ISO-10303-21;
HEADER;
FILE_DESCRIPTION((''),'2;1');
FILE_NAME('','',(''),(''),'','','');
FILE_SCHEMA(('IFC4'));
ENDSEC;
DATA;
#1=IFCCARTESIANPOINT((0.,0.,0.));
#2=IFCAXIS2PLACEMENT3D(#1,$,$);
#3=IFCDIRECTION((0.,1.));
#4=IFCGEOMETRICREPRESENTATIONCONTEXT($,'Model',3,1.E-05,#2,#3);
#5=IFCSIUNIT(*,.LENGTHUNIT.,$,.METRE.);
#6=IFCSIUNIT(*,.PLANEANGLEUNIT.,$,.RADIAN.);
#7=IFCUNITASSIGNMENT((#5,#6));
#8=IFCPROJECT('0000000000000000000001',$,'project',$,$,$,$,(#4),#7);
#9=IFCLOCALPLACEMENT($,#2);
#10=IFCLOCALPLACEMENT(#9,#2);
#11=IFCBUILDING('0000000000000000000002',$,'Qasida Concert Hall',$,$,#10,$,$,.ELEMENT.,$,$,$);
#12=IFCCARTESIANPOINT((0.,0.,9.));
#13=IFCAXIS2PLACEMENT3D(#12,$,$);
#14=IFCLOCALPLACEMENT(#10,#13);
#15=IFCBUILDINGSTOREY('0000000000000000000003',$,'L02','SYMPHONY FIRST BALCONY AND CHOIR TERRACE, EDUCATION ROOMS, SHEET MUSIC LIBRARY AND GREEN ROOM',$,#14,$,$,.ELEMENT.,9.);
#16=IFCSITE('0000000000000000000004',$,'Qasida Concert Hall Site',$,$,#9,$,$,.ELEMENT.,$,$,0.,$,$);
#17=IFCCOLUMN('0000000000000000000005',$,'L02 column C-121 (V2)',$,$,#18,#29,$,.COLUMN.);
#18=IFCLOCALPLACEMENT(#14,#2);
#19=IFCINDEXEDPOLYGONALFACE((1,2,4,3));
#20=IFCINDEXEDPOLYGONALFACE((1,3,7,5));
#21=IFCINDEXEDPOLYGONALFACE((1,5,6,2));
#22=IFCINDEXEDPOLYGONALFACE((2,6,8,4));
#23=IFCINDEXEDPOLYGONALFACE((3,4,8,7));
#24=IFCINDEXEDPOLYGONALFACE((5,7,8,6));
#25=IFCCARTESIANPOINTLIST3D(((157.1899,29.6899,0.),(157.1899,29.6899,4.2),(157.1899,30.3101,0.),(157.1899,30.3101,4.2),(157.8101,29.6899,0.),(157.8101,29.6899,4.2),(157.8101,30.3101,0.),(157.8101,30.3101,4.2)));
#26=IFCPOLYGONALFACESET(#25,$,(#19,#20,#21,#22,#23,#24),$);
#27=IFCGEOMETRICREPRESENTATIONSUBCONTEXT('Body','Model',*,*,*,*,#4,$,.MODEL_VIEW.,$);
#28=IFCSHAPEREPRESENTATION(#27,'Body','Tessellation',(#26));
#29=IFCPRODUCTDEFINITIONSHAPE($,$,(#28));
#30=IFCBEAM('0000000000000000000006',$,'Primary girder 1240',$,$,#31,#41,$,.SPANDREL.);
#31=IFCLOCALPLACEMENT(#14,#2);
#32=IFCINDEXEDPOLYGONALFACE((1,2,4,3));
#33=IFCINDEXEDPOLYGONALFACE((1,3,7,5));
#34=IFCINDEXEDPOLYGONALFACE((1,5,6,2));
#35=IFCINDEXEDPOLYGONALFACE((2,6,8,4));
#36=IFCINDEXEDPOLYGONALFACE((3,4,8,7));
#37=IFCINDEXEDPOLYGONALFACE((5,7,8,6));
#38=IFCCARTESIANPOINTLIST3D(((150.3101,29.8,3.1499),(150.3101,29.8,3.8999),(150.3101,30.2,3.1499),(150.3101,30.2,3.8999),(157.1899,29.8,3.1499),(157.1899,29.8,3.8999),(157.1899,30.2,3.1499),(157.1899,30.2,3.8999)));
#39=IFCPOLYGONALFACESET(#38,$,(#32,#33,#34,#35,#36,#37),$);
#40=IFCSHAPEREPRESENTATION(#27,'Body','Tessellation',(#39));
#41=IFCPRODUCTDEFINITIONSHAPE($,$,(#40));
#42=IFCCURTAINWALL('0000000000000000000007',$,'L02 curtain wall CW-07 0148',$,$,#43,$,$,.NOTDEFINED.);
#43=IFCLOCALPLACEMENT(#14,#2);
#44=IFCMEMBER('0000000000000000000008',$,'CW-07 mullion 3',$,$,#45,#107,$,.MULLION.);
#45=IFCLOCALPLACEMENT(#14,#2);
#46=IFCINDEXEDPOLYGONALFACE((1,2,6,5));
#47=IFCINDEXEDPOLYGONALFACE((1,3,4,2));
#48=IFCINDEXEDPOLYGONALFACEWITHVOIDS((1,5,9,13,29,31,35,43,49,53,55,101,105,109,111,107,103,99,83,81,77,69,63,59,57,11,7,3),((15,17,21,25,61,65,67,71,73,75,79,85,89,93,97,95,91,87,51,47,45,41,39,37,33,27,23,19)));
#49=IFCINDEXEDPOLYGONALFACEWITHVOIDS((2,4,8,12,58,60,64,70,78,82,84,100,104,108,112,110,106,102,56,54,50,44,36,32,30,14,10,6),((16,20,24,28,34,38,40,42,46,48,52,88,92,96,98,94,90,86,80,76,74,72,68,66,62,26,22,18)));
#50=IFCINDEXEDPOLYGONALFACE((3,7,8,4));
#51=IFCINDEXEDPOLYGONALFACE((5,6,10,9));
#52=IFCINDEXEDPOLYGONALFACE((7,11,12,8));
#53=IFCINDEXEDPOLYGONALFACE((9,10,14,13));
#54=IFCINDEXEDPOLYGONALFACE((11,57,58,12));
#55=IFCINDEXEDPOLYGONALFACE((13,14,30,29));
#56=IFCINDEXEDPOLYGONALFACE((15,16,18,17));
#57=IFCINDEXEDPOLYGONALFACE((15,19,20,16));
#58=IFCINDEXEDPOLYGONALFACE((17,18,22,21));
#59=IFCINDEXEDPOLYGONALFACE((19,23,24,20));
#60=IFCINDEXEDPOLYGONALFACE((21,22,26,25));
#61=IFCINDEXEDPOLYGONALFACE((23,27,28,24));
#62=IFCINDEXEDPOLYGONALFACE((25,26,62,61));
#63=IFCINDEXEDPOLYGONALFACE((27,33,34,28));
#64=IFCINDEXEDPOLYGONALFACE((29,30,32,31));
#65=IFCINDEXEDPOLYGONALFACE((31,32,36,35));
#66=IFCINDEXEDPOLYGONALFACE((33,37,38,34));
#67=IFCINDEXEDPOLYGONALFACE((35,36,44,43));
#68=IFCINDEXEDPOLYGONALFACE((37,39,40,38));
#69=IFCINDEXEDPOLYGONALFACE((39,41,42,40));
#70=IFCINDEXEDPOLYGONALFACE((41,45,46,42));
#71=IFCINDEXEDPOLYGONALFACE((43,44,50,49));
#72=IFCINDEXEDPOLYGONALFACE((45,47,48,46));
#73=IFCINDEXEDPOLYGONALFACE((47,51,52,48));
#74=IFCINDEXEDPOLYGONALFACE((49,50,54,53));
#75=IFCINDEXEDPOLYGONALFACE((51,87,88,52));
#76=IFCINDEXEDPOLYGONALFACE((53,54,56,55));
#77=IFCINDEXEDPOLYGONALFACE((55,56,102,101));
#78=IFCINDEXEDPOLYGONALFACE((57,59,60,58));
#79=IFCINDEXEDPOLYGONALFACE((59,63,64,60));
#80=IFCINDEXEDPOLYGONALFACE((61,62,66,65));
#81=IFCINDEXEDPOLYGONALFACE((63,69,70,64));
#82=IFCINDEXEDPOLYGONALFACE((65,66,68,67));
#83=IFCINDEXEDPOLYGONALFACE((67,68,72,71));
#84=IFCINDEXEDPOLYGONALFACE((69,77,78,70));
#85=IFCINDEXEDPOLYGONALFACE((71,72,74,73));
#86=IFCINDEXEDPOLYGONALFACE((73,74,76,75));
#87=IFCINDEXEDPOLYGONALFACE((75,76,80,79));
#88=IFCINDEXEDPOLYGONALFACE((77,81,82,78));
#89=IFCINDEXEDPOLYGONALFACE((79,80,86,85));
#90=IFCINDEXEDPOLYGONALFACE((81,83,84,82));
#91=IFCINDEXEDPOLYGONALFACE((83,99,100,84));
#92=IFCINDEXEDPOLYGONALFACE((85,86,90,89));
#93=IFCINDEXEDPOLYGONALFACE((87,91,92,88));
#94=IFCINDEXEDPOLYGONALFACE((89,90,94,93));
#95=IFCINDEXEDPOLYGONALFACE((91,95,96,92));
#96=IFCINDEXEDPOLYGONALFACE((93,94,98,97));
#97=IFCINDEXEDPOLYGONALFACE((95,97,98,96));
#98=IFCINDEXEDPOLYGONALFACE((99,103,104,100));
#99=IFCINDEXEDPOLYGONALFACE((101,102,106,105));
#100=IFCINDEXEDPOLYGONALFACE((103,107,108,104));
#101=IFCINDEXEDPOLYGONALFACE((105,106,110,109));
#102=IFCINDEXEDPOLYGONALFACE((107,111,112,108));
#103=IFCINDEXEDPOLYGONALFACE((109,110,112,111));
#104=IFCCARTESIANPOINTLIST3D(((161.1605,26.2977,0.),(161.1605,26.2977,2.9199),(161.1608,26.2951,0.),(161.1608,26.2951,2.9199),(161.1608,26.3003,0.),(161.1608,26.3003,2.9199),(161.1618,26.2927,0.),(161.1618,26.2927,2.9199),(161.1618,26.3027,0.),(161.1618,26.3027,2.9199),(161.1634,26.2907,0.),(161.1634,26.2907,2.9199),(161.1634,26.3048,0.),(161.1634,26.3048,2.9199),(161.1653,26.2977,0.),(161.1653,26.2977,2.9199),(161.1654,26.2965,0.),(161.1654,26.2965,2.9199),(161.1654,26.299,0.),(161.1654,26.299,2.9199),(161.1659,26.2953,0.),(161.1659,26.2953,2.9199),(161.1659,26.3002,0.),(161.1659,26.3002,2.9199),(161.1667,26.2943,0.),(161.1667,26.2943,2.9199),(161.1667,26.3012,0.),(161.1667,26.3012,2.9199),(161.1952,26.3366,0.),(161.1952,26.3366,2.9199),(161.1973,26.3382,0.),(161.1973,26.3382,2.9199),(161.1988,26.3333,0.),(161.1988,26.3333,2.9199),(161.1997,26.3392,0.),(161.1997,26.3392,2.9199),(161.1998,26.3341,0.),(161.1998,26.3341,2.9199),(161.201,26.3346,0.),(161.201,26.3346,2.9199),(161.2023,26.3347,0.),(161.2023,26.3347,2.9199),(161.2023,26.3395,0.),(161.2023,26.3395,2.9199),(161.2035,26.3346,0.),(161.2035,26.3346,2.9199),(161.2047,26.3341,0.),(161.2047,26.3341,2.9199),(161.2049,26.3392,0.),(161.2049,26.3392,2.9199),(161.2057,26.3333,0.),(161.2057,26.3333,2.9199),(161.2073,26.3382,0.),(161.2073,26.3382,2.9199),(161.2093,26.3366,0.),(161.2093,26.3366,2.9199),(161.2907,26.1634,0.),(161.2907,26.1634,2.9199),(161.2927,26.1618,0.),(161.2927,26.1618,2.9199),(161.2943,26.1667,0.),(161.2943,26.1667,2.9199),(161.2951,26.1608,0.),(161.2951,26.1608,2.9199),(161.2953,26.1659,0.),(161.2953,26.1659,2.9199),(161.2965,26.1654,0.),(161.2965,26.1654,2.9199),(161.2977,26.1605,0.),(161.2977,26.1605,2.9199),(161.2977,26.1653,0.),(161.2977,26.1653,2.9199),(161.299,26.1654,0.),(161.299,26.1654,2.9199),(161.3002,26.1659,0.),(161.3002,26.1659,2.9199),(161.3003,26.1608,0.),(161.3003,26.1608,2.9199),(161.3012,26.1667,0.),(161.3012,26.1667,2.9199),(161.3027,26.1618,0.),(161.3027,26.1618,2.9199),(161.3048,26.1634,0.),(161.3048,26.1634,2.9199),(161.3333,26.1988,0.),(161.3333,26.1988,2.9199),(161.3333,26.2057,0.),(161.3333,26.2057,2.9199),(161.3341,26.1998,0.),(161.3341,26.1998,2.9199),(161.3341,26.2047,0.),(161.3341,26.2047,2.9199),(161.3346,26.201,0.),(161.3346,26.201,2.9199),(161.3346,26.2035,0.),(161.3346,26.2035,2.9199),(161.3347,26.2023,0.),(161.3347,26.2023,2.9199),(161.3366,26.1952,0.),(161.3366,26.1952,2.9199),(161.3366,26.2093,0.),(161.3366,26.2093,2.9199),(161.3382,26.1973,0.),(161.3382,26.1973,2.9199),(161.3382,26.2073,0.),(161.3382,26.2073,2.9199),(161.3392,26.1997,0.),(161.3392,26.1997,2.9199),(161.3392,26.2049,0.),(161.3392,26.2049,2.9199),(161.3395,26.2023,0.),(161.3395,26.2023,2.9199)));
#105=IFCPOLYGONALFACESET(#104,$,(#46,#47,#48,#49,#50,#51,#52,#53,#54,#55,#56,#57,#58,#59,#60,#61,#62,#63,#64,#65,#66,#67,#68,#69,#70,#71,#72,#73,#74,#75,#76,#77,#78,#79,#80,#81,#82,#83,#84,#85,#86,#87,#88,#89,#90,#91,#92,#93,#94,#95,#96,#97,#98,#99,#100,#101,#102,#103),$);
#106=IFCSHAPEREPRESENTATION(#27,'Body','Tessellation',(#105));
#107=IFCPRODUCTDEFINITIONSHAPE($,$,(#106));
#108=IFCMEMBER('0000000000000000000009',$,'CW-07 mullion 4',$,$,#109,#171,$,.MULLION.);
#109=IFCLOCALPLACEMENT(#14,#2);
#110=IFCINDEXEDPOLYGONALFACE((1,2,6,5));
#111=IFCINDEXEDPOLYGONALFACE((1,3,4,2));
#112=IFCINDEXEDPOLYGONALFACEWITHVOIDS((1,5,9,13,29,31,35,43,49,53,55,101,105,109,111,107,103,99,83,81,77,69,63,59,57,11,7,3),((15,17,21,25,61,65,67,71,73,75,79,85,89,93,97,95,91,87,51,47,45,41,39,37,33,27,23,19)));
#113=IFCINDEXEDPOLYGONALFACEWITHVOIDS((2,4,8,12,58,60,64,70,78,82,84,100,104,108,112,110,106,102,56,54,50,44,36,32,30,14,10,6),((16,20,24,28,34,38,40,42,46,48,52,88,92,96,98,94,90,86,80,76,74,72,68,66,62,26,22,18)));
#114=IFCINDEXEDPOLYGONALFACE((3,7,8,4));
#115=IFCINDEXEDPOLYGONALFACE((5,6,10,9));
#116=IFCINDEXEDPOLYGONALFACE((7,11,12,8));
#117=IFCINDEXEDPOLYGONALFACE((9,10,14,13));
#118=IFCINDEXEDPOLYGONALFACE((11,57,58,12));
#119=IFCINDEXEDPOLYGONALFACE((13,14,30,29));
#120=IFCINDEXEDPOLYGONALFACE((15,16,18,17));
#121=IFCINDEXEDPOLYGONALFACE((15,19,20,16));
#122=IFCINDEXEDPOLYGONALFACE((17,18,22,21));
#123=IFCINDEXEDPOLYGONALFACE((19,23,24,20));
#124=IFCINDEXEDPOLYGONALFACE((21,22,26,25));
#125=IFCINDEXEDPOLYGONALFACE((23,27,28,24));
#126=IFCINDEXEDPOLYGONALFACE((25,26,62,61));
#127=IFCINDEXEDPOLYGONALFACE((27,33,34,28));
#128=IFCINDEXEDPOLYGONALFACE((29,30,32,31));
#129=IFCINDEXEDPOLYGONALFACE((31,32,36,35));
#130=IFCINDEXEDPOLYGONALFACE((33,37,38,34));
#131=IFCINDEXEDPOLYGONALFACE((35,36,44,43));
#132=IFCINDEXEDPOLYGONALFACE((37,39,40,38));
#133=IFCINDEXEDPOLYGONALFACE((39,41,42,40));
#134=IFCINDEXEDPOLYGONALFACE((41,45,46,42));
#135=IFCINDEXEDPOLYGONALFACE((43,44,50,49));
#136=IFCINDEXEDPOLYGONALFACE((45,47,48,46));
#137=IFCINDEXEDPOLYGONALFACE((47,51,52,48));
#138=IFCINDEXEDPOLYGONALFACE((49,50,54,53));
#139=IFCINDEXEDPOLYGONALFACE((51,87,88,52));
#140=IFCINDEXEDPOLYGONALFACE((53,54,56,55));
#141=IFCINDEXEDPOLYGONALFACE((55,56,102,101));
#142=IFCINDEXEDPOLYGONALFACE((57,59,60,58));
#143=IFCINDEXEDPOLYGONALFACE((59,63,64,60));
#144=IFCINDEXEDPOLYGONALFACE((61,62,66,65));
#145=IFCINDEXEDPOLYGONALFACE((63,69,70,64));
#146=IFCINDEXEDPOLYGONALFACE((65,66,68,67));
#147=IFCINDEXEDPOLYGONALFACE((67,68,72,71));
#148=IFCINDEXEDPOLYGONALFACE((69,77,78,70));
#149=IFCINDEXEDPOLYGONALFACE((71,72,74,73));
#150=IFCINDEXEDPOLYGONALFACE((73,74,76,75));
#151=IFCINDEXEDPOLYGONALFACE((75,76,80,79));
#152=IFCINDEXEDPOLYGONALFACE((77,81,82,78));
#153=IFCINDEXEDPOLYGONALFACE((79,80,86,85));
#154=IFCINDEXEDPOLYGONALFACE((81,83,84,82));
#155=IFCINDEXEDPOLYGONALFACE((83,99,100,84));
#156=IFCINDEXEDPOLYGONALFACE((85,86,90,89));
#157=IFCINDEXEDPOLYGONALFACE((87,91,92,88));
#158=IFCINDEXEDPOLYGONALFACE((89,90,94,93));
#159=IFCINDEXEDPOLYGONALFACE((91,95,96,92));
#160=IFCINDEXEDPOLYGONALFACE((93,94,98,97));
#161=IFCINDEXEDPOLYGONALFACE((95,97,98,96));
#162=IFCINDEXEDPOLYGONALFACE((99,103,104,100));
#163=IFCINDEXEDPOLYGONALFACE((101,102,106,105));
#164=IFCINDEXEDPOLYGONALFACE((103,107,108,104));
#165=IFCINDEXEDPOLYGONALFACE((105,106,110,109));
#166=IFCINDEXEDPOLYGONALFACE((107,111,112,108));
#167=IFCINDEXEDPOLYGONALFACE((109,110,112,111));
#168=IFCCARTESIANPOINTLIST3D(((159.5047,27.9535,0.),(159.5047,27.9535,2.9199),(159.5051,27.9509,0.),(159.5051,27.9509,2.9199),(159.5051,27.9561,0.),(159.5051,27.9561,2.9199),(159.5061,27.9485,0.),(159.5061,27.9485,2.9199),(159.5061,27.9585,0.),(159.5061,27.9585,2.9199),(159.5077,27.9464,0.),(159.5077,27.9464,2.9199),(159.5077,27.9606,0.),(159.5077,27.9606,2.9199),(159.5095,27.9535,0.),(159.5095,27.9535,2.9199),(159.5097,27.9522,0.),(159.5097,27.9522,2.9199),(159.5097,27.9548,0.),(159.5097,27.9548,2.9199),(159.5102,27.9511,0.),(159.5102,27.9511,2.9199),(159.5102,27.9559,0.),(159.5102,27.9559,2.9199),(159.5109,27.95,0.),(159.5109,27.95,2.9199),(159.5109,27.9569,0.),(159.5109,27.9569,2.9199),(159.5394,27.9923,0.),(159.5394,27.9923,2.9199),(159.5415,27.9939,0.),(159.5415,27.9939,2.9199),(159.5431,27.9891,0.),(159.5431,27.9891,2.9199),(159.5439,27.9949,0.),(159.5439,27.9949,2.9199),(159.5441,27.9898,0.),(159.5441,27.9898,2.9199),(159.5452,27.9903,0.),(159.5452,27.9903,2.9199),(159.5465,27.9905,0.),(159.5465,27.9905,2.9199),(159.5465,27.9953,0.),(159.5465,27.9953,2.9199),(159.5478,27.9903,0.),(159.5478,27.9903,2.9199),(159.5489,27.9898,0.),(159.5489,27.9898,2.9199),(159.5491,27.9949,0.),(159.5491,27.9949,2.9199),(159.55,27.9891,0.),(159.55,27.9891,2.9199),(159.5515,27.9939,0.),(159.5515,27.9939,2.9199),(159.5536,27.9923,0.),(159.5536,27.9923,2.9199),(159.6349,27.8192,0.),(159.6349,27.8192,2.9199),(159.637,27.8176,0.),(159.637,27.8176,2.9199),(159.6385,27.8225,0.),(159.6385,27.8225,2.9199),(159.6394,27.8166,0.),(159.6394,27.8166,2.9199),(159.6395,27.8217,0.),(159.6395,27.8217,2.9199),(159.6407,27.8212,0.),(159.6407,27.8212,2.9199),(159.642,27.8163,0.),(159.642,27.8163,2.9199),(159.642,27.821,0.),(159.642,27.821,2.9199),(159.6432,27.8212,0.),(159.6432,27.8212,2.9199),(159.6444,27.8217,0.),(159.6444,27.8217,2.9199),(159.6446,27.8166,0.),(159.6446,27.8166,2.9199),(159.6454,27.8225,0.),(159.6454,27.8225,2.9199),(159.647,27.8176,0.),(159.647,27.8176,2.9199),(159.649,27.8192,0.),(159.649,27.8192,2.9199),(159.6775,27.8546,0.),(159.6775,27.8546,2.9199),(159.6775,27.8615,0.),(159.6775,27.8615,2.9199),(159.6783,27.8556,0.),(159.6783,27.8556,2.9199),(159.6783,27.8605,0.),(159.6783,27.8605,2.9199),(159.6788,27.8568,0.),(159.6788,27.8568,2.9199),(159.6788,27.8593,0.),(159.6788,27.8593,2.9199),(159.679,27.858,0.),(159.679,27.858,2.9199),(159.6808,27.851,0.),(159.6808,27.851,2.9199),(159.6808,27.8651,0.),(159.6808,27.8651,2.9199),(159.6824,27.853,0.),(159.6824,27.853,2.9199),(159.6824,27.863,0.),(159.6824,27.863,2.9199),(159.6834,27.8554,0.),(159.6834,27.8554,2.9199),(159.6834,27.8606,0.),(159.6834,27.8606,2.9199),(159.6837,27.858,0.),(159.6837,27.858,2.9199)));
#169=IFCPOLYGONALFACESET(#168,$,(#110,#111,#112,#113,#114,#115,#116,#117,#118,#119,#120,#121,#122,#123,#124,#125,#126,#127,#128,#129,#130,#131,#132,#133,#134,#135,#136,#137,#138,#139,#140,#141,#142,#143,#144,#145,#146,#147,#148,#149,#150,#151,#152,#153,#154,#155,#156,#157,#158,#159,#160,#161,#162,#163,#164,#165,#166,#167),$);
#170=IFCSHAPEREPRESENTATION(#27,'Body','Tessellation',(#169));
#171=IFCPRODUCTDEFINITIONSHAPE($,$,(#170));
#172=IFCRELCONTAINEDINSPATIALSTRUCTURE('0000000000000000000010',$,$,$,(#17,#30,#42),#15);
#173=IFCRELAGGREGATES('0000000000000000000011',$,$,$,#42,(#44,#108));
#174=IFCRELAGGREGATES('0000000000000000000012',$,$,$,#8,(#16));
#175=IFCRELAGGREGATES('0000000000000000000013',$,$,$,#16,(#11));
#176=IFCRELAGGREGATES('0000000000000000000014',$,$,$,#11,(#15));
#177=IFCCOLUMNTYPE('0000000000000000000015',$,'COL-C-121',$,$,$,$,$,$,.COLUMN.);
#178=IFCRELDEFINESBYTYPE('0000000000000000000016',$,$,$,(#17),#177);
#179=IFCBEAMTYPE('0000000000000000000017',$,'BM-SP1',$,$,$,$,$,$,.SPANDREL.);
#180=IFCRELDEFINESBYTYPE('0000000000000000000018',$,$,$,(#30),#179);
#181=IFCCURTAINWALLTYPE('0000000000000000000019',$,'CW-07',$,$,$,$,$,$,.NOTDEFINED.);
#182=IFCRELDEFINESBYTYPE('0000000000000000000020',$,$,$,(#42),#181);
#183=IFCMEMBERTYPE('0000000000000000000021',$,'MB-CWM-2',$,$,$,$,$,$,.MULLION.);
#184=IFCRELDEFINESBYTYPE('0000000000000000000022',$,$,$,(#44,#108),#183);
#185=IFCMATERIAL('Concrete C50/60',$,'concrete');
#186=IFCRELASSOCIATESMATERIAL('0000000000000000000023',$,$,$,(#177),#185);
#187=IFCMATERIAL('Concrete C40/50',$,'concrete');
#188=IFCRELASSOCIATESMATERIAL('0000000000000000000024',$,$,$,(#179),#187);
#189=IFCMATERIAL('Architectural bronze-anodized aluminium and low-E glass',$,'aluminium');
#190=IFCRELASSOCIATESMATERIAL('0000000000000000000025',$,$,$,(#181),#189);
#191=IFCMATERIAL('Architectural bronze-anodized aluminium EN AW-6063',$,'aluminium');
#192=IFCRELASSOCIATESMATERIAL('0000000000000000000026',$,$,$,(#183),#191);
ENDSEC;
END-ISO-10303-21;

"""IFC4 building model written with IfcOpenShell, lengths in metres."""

from ifc_helpers import new_model, si_unit, direction, frame, origin, origin_2d, place, context, subcontext, project, spatial, rectangle, hollow_rectangle, extrude, material, material_profile, profile_set, type_object, element, aggregate, save


model = new_model("IFC4")

# Units and contexts
model_context = context("Model", 3, precision=1e-05, world=origin(), true_north=direction((0.0, 1.0)))
body_context = subcontext(model_context, "Body", "Model", "MODEL_VIEW")
ifc_project = project(units=[si_unit("LENGTHUNIT", "METRE"), si_unit("PLANEANGLEUNIT", "RADIAN")], contexts=[model_context])

# Site, building, storey
site_placement = place(None, origin())
site = spatial("IfcSite", under=ifc_project, at=site_placement, Name="Qasida Concert Hall Site", CompositionType="ELEMENT", RefElevation=0.0)
building_placement = place(site_placement, origin())
building = spatial("IfcBuilding", under=site, at=building_placement, Name="Qasida Concert Hall", CompositionType="ELEMENT")
storey_placement = place(building_placement, frame((0.0, 0.0, 9.0)))
storey = spatial("IfcBuildingStorey", under=building, at=storey_placement, Name="L02", Description="SYMPHONY FIRST BALCONY AND CHOIR TERRACE, EDUCATION ROOMS, SHEET MUSIC LIBRARY AND GREEN ROOM", CompositionType="ELEMENT", Elevation=9.0)

# Column
ifc_material_1 = material(Name="Concrete C50/60", Category="concrete")
ifc_material_profile_1 = material_profile(ifc_material_1, rectangle(XDim=0.6201, YDim=0.6201, at=origin_2d()), Name="RC 620x620")
ifc_profile_set_1 = profile_set([ifc_material_profile_1], Name="Concrete C50/60")
column_type = type_object("IfcColumnType", Name="COL-C-121", PredefinedType="COLUMN", material=ifc_profile_set_1)
column_placement = place(storey_placement, frame((157.5, 30.0, 0.0), z_axis=(0.0, 0.0, 1.0), x_axis=(1.0, 0.0, 0.0)))
element("IfcColumn", 1, at=column_placement, inside=storey, type_object=column_type, Name="L02 column C-121 (V2)", PredefinedType="COLUMN", context=body_context, shape_type="SweptSolid", body=[
    extrude(rectangle(XDim=0.6201, YDim=0.6201, at=origin_2d()), origin(), (0.0, 0.0, 1.0), 4.2),
])

# Beam
ifc_material_2 = material(Name="Concrete C40/50", Category="concrete")
ifc_material_profile_2 = material_profile(ifc_material_2, rectangle(XDim=0.3999, YDim=0.75, at=origin_2d()), Name="RC 400x750")
ifc_profile_set_2 = profile_set([ifc_material_profile_2], Name="Concrete C40/50")
beam_type = type_object("IfcBeamType", Name="BM-SP1", PredefinedType="SPANDREL", material=ifc_profile_set_2)
beam_placement = place(storey_placement, frame((150.3101, 30.0, 3.5249), z_axis=(1.0, 0.0, 0.0), x_axis=(0.0, 1.0, 0.0)))
element("IfcBeam", 2, at=beam_placement, inside=storey, type_object=beam_type, Name="Primary girder 1240", PredefinedType="SPANDREL", context=body_context, shape_type="SweptSolid", body=[
    extrude(rectangle(XDim=0.3999, YDim=0.75, at=origin_2d()), origin(), (0.0, 0.0, 1.0), 6.8799),
])

# Curtain wall, members
ifc_material_3 = material(Name="Architectural bronze-anodized aluminium and low-E glass", Category="aluminium")
curtain_wall_type = type_object("IfcCurtainWallType", Name="CW-07", PredefinedType="NOTDEFINED", material=ifc_material_3)
curtain_wall_placement = place(storey_placement, origin())
curtain_wall = element("IfcCurtainWall", 3, at=curtain_wall_placement, inside=storey, type_object=curtain_wall_type, Name="L02 curtain wall CW-07 0148", PredefinedType="NOTDEFINED")
ifc_material_4 = material(Name="Architectural bronze-anodized aluminium EN AW-6063", Category="aluminium")
ifc_material_profile_3 = material_profile(ifc_material_4, hollow_rectangle(XDim=0.0649, YDim=0.2, WallThickness=0.0049, InnerFilletRadius=0.0049, OuterFilletRadius=0.01, at=origin_2d()), Name="CWM 200x65x5")
ifc_profile_set_3 = profile_set([ifc_material_profile_3], Name="Architectural bronze-anodized aluminium EN AW-6063")
member_type_1 = type_object("IfcMemberType", Name="MB-CWM-2", PredefinedType="MULLION", material=ifc_profile_set_3)
member_1_placement = place(storey_placement, frame((161.25, 26.25, 0.0), z_axis=(0.0, 0.0, 1.0), x_axis=(-0.707107, -0.707107, 0.0)))
member_1 = element("IfcMember", 4, at=member_1_placement, type_object=member_type_1, Name="CW-07 mullion 3", PredefinedType="MULLION", context=body_context, shape_type="SweptSolid", body=[
    extrude(hollow_rectangle(XDim=0.0649, YDim=0.2, WallThickness=0.0049, InnerFilletRadius=0.0049, OuterFilletRadius=0.01, at=origin_2d()), origin(), (0.0, 0.0, 1.0), 2.9199),
])
member_2_placement = place(storey_placement, frame((159.5942, 27.9058, 0.0), z_axis=(0.0, 0.0, 1.0), x_axis=(-0.707107, -0.707107, 0.0)))
member_2 = element("IfcMember", 5, at=member_2_placement, type_object=member_type_1, Name="CW-07 mullion 4", PredefinedType="MULLION", context=body_context, shape_type="SweptSolid", body=[
    extrude(hollow_rectangle(XDim=0.0649, YDim=0.2, WallThickness=0.0049, InnerFilletRadius=0.0049, OuterFilletRadius=0.01, at=origin_2d()), origin(), (0.0, 0.0, 1.0), 2.9199),
])
aggregate(curtain_wall, [member_1, member_2])

save(model, "model.ifc")
